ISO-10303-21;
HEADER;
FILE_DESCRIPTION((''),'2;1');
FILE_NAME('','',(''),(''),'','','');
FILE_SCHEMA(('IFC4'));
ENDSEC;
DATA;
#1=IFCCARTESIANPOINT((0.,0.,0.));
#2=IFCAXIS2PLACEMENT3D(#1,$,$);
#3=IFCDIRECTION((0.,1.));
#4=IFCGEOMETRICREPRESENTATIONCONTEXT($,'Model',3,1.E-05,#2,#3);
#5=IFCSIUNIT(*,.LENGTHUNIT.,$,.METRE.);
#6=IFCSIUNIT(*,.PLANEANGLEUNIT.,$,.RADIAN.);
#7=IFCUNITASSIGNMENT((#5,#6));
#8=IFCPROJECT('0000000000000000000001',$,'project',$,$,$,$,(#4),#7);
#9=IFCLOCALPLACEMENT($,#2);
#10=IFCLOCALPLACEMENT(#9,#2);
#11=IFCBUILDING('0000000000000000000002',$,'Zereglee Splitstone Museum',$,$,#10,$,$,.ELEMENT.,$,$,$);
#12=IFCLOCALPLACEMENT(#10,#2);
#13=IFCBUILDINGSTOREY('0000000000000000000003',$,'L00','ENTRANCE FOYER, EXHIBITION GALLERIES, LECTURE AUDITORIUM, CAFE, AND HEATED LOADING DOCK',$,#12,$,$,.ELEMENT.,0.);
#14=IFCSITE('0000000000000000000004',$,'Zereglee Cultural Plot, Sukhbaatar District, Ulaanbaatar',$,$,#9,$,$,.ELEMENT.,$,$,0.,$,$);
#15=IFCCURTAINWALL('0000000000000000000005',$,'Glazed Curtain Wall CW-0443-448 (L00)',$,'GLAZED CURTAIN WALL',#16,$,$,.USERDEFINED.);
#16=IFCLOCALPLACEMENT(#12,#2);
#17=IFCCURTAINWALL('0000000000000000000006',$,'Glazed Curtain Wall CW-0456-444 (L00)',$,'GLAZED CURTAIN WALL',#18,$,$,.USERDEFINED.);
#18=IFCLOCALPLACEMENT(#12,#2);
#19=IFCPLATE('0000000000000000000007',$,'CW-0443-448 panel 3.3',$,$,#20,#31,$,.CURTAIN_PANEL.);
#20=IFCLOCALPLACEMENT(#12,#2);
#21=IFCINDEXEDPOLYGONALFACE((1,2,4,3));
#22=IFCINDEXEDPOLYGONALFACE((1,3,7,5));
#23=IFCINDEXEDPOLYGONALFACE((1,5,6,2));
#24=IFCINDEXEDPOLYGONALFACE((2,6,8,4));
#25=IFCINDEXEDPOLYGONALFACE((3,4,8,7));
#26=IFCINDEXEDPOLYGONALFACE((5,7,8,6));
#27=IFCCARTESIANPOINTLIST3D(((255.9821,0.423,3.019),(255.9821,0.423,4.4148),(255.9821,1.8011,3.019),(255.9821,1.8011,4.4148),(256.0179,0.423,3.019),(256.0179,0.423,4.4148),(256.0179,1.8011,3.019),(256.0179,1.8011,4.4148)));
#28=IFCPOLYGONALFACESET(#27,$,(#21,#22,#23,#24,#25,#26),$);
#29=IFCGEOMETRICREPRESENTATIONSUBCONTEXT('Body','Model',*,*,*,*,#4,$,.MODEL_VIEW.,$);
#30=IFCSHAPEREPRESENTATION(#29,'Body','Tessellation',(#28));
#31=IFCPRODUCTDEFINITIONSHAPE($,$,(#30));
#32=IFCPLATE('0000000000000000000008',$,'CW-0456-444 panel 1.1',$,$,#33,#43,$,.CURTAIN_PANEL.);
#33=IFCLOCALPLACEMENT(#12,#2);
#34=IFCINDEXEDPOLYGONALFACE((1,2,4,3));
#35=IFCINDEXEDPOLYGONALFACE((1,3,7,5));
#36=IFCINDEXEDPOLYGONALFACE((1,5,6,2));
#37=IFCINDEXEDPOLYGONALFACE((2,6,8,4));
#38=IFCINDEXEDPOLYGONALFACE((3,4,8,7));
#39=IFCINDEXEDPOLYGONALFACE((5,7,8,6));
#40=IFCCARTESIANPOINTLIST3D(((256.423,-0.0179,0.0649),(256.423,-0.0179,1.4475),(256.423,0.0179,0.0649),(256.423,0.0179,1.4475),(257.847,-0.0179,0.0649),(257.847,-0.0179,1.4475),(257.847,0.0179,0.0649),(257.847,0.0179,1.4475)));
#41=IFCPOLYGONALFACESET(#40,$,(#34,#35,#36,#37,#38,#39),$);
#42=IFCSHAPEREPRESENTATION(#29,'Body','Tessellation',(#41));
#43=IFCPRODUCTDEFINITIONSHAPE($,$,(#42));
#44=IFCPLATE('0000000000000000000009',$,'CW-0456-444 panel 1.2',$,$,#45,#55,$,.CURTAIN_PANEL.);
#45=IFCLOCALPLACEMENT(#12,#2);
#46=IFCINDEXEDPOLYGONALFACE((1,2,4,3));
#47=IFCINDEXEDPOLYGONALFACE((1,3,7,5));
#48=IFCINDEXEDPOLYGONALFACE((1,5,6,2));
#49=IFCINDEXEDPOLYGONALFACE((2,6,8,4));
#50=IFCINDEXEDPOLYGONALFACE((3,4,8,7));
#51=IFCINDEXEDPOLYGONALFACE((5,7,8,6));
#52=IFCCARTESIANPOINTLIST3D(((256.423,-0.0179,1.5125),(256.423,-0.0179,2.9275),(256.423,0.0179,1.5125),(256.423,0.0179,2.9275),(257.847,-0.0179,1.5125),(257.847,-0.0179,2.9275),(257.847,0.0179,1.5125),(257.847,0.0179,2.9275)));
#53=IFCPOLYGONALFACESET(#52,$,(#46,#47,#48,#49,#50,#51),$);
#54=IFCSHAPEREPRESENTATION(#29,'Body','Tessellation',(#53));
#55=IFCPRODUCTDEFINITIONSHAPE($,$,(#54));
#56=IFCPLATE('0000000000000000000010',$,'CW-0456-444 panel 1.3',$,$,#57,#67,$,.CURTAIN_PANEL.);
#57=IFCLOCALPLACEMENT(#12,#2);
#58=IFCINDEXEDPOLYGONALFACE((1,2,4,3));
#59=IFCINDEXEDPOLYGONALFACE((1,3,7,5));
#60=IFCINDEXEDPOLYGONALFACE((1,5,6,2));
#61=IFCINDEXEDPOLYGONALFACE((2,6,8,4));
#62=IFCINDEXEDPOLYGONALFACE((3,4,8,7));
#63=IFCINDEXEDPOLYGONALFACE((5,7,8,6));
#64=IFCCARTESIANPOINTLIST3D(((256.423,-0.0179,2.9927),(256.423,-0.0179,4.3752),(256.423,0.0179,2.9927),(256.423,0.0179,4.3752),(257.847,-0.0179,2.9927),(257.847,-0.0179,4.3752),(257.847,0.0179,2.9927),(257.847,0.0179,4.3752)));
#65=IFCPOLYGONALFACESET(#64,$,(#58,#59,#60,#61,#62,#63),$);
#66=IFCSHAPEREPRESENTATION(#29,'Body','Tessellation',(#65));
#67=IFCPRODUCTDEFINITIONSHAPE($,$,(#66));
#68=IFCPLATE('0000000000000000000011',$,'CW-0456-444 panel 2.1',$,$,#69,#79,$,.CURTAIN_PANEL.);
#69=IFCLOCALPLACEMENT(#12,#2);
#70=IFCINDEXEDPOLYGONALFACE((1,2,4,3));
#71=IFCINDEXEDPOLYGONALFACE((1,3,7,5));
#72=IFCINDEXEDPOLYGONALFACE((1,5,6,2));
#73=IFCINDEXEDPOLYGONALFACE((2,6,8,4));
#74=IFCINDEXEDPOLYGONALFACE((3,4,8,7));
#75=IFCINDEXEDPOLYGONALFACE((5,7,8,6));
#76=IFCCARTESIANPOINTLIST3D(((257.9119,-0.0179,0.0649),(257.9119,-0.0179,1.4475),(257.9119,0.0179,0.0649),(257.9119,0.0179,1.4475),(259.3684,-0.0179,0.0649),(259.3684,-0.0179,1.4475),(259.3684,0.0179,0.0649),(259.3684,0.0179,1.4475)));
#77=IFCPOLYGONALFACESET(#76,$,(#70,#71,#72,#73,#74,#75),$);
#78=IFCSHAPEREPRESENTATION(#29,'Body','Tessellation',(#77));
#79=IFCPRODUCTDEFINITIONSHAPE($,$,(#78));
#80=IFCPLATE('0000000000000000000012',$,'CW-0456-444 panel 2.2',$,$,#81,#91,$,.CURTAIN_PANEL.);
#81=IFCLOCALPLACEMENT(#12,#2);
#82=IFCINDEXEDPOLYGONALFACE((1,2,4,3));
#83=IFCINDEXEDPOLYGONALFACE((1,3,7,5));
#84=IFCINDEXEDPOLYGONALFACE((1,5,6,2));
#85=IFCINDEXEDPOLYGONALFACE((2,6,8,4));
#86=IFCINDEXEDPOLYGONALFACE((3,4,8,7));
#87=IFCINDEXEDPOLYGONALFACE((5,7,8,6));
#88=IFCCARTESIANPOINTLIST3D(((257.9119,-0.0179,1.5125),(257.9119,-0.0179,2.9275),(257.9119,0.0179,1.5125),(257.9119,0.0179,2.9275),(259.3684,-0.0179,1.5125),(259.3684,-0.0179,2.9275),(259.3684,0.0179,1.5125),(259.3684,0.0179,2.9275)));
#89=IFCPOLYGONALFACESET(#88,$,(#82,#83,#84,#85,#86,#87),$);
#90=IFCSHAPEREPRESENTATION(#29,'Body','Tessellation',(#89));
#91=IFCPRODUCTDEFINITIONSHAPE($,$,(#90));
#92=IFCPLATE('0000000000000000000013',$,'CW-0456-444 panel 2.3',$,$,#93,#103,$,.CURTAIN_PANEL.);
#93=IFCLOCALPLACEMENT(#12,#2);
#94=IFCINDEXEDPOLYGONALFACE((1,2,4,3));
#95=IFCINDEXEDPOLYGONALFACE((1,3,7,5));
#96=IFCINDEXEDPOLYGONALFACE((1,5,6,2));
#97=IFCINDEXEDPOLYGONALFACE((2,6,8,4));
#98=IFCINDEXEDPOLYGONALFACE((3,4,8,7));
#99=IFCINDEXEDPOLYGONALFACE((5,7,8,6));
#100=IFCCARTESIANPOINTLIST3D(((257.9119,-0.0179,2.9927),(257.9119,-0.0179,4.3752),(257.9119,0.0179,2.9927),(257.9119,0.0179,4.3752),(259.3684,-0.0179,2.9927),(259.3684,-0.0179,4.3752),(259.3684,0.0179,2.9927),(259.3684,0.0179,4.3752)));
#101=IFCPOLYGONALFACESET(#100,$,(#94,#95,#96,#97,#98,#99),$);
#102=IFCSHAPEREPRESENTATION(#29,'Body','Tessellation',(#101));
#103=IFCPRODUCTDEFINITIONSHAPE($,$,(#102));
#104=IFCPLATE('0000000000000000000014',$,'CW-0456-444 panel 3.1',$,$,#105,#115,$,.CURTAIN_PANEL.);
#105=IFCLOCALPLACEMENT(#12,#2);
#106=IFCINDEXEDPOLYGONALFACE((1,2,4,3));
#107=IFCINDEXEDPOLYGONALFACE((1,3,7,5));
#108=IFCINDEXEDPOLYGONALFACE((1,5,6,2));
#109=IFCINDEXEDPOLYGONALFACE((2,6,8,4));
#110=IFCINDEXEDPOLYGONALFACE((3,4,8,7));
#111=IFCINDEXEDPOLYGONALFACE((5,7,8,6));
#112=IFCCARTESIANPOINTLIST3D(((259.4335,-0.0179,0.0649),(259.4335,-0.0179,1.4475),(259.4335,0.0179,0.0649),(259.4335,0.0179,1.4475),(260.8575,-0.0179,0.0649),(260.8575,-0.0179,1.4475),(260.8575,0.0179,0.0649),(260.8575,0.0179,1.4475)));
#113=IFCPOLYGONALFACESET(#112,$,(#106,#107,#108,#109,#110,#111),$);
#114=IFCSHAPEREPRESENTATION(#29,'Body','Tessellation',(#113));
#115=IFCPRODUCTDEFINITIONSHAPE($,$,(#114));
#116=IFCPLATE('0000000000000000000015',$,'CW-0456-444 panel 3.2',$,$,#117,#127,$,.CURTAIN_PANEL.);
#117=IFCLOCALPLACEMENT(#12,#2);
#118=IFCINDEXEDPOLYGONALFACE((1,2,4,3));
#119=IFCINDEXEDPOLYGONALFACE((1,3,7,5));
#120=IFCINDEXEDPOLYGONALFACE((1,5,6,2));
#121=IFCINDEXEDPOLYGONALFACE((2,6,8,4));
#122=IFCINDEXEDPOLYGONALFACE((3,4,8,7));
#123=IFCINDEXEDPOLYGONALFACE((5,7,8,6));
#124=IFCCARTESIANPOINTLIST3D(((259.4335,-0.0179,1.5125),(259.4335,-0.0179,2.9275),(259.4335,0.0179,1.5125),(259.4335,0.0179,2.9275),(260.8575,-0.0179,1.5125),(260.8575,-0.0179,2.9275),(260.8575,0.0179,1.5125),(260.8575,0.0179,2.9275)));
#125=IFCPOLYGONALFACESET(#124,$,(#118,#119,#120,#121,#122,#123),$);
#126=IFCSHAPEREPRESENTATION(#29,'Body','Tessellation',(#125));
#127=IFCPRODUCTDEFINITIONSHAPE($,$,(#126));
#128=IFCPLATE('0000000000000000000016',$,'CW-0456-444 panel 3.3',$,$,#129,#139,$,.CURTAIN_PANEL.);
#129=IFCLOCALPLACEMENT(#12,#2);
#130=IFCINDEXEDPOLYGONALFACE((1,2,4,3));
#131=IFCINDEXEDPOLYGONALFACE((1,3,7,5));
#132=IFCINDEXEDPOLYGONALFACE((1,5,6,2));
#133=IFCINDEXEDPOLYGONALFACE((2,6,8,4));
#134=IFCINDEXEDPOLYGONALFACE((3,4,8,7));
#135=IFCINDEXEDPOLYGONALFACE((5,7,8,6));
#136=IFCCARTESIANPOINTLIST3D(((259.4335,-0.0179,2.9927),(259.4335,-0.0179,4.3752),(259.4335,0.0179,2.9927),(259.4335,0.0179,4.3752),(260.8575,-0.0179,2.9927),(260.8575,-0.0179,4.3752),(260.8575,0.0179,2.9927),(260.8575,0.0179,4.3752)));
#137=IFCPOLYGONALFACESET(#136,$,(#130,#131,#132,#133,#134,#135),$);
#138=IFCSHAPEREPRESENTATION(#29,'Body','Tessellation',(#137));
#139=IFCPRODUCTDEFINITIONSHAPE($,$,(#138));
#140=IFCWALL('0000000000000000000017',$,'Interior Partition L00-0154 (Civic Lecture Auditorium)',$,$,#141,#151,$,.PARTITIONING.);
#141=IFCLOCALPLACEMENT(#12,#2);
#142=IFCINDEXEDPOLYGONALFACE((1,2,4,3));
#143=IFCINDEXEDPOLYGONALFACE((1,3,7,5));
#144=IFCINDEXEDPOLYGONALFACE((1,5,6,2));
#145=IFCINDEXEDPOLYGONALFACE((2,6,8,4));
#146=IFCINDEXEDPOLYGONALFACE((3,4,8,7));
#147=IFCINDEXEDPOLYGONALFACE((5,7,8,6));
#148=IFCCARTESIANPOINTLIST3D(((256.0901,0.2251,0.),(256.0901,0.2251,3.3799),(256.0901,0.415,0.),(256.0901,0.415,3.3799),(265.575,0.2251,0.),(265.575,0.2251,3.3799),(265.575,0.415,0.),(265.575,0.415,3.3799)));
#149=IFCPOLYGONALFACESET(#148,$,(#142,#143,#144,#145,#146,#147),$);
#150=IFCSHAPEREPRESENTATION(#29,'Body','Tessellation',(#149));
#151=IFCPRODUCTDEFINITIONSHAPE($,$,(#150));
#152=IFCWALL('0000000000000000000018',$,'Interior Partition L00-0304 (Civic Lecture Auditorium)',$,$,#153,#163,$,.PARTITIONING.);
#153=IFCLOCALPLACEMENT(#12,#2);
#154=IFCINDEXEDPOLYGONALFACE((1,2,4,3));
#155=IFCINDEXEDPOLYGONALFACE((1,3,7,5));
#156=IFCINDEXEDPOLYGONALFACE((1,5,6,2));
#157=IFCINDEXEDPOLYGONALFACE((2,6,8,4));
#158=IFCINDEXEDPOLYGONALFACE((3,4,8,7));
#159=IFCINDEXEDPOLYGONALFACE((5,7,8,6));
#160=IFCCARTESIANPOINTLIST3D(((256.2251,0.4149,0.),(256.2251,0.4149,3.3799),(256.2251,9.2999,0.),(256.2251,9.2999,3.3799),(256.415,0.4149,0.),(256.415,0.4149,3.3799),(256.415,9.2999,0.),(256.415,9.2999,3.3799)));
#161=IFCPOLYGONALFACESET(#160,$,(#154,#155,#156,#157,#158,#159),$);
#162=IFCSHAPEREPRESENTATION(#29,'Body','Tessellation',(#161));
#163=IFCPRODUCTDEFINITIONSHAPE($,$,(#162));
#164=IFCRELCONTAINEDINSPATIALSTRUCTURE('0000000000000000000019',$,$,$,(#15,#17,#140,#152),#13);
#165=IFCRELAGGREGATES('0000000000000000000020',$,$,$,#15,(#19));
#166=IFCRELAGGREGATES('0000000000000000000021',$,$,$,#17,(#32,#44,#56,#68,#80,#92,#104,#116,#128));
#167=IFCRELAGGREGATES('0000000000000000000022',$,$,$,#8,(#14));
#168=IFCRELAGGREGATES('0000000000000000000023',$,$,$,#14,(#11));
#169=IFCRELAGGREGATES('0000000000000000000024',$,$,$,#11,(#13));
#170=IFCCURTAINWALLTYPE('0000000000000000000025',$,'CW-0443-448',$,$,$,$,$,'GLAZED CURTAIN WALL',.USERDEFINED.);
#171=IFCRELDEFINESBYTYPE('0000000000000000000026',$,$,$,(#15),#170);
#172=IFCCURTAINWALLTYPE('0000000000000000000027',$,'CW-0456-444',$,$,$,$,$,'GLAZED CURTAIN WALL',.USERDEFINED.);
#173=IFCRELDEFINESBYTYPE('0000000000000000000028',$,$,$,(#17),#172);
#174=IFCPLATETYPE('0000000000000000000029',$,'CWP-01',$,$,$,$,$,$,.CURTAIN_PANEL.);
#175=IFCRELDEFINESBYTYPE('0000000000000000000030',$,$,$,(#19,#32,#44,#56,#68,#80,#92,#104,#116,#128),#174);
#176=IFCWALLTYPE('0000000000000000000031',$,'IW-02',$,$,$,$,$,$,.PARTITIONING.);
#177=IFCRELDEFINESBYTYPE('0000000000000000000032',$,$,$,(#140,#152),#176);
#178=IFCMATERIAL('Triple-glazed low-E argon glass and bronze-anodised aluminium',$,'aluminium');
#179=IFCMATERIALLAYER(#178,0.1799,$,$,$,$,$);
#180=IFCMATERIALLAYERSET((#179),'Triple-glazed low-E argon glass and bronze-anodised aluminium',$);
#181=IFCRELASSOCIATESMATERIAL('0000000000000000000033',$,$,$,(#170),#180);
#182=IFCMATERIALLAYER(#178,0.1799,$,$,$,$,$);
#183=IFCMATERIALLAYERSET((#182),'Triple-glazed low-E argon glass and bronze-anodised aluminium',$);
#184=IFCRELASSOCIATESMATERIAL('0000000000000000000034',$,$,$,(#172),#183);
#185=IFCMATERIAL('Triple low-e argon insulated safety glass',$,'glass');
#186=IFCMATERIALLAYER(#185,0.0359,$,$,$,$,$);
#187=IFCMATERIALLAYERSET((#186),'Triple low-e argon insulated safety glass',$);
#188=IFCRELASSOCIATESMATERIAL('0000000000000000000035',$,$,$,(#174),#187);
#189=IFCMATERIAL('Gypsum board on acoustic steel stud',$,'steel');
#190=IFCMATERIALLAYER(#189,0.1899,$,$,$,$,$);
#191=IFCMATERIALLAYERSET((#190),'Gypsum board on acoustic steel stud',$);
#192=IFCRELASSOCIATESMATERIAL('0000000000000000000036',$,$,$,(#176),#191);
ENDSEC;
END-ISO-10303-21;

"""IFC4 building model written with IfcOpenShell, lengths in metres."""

from ifc_helpers import new_model, si_unit, direction, frame, frame_2d, origin, origin_2d, place, context, subcontext, project, spatial, rectangle, extrude, material, layer, layer_set, type_object, element, aggregate, save


model = new_model("IFC4")

# Units and contexts
model_context = context("Model", 3, precision=1e-05, world=origin(), true_north=direction((0.0, 1.0)))
body_context = subcontext(model_context, "Body", "Model", "MODEL_VIEW")
ifc_project = project(units=[si_unit("LENGTHUNIT", "METRE"), si_unit("PLANEANGLEUNIT", "RADIAN")], contexts=[model_context])

# Site, building, storey
site_placement = place(None, origin())
site = spatial("IfcSite", under=ifc_project, at=site_placement, Name="Zereglee Cultural Plot, Sukhbaatar District, Ulaanbaatar", CompositionType="ELEMENT", RefElevation=0.0)
building_placement = place(site_placement, origin())
building = spatial("IfcBuilding", under=site, at=building_placement, Name="Zereglee Splitstone Museum", CompositionType="ELEMENT")
storey_placement = place(building_placement, origin())
storey = spatial("IfcBuildingStorey", under=building, at=storey_placement, Name="L00", Description="ENTRANCE FOYER, EXHIBITION GALLERIES, LECTURE AUDITORIUM, CAFE, AND HEATED LOADING DOCK", CompositionType="ELEMENT", Elevation=0.0)

# Curtain wall
ifc_material_1 = material(Name="Triple-glazed low-E argon glass and bronze-anodised aluminium", Category="aluminium")
ifc_layer_1 = layer(ifc_material_1, 0.1799)
ifc_layer_set_1 = layer_set([ifc_layer_1], Name="Triple-glazed low-E argon glass and bronze-anodised aluminium")
curtain_wall_type_1 = type_object("IfcCurtainWallType", Name="CW-0443-448", ElementType="GLAZED CURTAIN WALL", PredefinedType="USERDEFINED", material=ifc_layer_set_1)
curtain_wall_1_placement = place(storey_placement, origin())
curtain_wall_1 = element("IfcCurtainWall", 1, at=curtain_wall_1_placement, inside=storey, type_object=curtain_wall_type_1, Name="Glazed Curtain Wall CW-0443-448 (L00)", ObjectType="GLAZED CURTAIN WALL", PredefinedType="USERDEFINED")

# Curtain wall
ifc_layer_2 = layer(ifc_material_1, 0.1799)
ifc_layer_set_2 = layer_set([ifc_layer_2], Name="Triple-glazed low-E argon glass and bronze-anodised aluminium")
curtain_wall_type_2 = type_object("IfcCurtainWallType", Name="CW-0456-444", ElementType="GLAZED CURTAIN WALL", PredefinedType="USERDEFINED", material=ifc_layer_set_2)
curtain_wall_2_placement = place(storey_placement, origin())
curtain_wall_2 = element("IfcCurtainWall", 2, at=curtain_wall_2_placement, inside=storey, type_object=curtain_wall_type_2, Name="Glazed Curtain Wall CW-0456-444 (L00)", ObjectType="GLAZED CURTAIN WALL", PredefinedType="USERDEFINED")

# Plates
ifc_material_2 = material(Name="Triple low-e argon insulated safety glass", Category="glass")
ifc_layer_3 = layer(ifc_material_2, 0.0359)
ifc_layer_set_3 = layer_set([ifc_layer_3], Name="Triple low-e argon insulated safety glass")
plate_type = type_object("IfcPlateType", Name="CWP-01", PredefinedType="CURTAIN_PANEL", material=ifc_layer_set_3)
plate_1_placement = place(storey_placement, frame((256.0, 1.1121, 3.019), z_axis=(0.0, 0.0, 1.0), x_axis=(0.0, -1.0, 0.0)))
plate_1 = element("IfcPlate", 3, at=plate_1_placement, type_object=plate_type, Name="CW-0443-448 panel 3.3", PredefinedType="CURTAIN_PANEL", context=body_context, shape_type="SweptSolid", body=[
    extrude(rectangle(XDim=1.3782, YDim=0.0359, at=origin_2d()), origin(), (0.0, 0.0, 1.0), 1.3958),
])
aggregate(curtain_wall_1, [plate_1])
plate_2_placement = place(storey_placement, frame((257.135, 0.0, 0.0649), z_axis=(0.0, 0.0, 1.0), x_axis=(1.0, 0.0, 0.0)))
plate_2 = element("IfcPlate", 4, at=plate_2_placement, type_object=plate_type, Name="CW-0456-444 panel 1.1", PredefinedType="CURTAIN_PANEL", context=body_context, shape_type="SweptSolid", body=[
    extrude(rectangle(XDim=1.4241, YDim=0.0359, at=origin_2d()), origin(), (0.0, 0.0, 1.0), 1.3826),
])
plate_3_placement = place(storey_placement, frame((257.135, 0.0, 1.5125), z_axis=(0.0, 0.0, 1.0), x_axis=(1.0, 0.0, 0.0)))
plate_3 = element("IfcPlate", 5, at=plate_3_placement, type_object=plate_type, Name="CW-0456-444 panel 1.2", PredefinedType="CURTAIN_PANEL", context=body_context, shape_type="SweptSolid", body=[
    extrude(rectangle(XDim=1.4241, YDim=0.0359, at=origin_2d()), origin(), (0.0, 0.0, 1.0), 1.415),
])
plate_4_placement = place(storey_placement, frame((257.135, 0.0, 2.9927), z_axis=(0.0, 0.0, 1.0), x_axis=(1.0, 0.0, 0.0)))
plate_4 = element("IfcPlate", 6, at=plate_4_placement, type_object=plate_type, Name="CW-0456-444 panel 1.3", PredefinedType="CURTAIN_PANEL", context=body_context, shape_type="SweptSolid", body=[
    extrude(rectangle(XDim=1.4241, YDim=0.0359, at=origin_2d()), origin(), (0.0, 0.0, 1.0), 1.3826),
])
plate_5_placement = place(storey_placement, frame((258.6401, 0.0, 0.0649), z_axis=(0.0, 0.0, 1.0), x_axis=(1.0, 0.0, 0.0)))
plate_5 = element("IfcPlate", 7, at=plate_5_placement, type_object=plate_type, Name="CW-0456-444 panel 2.1", PredefinedType="CURTAIN_PANEL", context=body_context, shape_type="SweptSolid", body=[
    extrude(rectangle(XDim=1.4565, YDim=0.0359, at=origin_2d()), origin(), (0.0, 0.0, 1.0), 1.3826),
])
plate_6_placement = place(storey_placement, frame((258.6401, 0.0, 1.5125), z_axis=(0.0, 0.0, 1.0), x_axis=(1.0, 0.0, 0.0)))
plate_6 = element("IfcPlate", 8, at=plate_6_placement, type_object=plate_type, Name="CW-0456-444 panel 2.2", PredefinedType="CURTAIN_PANEL", context=body_context, shape_type="SweptSolid", body=[
    extrude(rectangle(XDim=1.4565, YDim=0.0359, at=origin_2d()), origin(), (0.0, 0.0, 1.0), 1.415),
])
plate_7_placement = place(storey_placement, frame((258.6401, 0.0, 2.9927), z_axis=(0.0, 0.0, 1.0), x_axis=(1.0, 0.0, 0.0)))
plate_7 = element("IfcPlate", 9, at=plate_7_placement, type_object=plate_type, Name="CW-0456-444 panel 2.3", PredefinedType="CURTAIN_PANEL", context=body_context, shape_type="SweptSolid", body=[
    extrude(rectangle(XDim=1.4565, YDim=0.0359, at=origin_2d()), origin(), (0.0, 0.0, 1.0), 1.3826),
])
plate_8_placement = place(storey_placement, frame((260.1455, 0.0, 0.0649), z_axis=(0.0, 0.0, 1.0), x_axis=(1.0, 0.0, 0.0)))
plate_8 = element("IfcPlate", 10, at=plate_8_placement, type_object=plate_type, Name="CW-0456-444 panel 3.1", PredefinedType="CURTAIN_PANEL", context=body_context, shape_type="SweptSolid", body=[
    extrude(rectangle(XDim=1.4241, YDim=0.0359, at=origin_2d()), origin(), (0.0, 0.0, 1.0), 1.3826),
])
plate_9_placement = place(storey_placement, frame((260.1455, 0.0, 1.5125), z_axis=(0.0, 0.0, 1.0), x_axis=(1.0, 0.0, 0.0)))
plate_9 = element("IfcPlate", 11, at=plate_9_placement, type_object=plate_type, Name="CW-0456-444 panel 3.2", PredefinedType="CURTAIN_PANEL", context=body_context, shape_type="SweptSolid", body=[
    extrude(rectangle(XDim=1.4241, YDim=0.0359, at=origin_2d()), origin(), (0.0, 0.0, 1.0), 1.415),
])
plate_10_placement = place(storey_placement, frame((260.1455, 0.0, 2.9927), z_axis=(0.0, 0.0, 1.0), x_axis=(1.0, 0.0, 0.0)))
plate_10 = element("IfcPlate", 12, at=plate_10_placement, type_object=plate_type, Name="CW-0456-444 panel 3.3", PredefinedType="CURTAIN_PANEL", context=body_context, shape_type="SweptSolid", body=[
    extrude(rectangle(XDim=1.4241, YDim=0.0359, at=origin_2d()), origin(), (0.0, 0.0, 1.0), 1.3826),
])
aggregate(curtain_wall_2, [plate_2, plate_3, plate_4, plate_5, plate_6, plate_7, plate_8, plate_9, plate_10])

# Walls
ifc_material_3 = material(Name="Gypsum board on acoustic steel stud", Category="steel")
ifc_layer_4 = layer(ifc_material_3, 0.1899)
ifc_layer_set_4 = layer_set([ifc_layer_4], Name="Gypsum board on acoustic steel stud")
wall_type = type_object("IfcWallType", Name="IW-02", PredefinedType="PARTITIONING", material=ifc_layer_set_4)
wall_1_placement = place(storey_placement, frame((256.0901, 0.3201, 0.0), z_axis=(0.0, 0.0, 1.0), x_axis=(1.0, 0.0, 0.0)))
element("IfcWall", 13, at=wall_1_placement, inside=storey, type_object=wall_type, Name="Interior Partition L00-0154 (Civic Lecture Auditorium)", PredefinedType="PARTITIONING", context=body_context, shape_type="SweptSolid", body=[
    extrude(rectangle(XDim=9.4849, YDim=0.1899, at=frame_2d((4.7424, 0.0))), origin(), (0.0, 0.0, 1.0), 3.3799),
])
wall_2_placement = place(storey_placement, frame((256.3201, 0.415, 0.0), z_axis=(0.0, 0.0, 1.0), x_axis=(0.0, 1.0, 0.0)))
element("IfcWall", 14, at=wall_2_placement, inside=storey, type_object=wall_type, Name="Interior Partition L00-0304 (Civic Lecture Auditorium)", PredefinedType="PARTITIONING", context=body_context, shape_type="SweptSolid", body=[
    extrude(rectangle(XDim=8.885, YDim=0.1899, at=frame_2d((4.4424, 0.0))), origin(), (0.0, 0.0, 1.0), 3.3799),
])

save(model, "model.ifc")
